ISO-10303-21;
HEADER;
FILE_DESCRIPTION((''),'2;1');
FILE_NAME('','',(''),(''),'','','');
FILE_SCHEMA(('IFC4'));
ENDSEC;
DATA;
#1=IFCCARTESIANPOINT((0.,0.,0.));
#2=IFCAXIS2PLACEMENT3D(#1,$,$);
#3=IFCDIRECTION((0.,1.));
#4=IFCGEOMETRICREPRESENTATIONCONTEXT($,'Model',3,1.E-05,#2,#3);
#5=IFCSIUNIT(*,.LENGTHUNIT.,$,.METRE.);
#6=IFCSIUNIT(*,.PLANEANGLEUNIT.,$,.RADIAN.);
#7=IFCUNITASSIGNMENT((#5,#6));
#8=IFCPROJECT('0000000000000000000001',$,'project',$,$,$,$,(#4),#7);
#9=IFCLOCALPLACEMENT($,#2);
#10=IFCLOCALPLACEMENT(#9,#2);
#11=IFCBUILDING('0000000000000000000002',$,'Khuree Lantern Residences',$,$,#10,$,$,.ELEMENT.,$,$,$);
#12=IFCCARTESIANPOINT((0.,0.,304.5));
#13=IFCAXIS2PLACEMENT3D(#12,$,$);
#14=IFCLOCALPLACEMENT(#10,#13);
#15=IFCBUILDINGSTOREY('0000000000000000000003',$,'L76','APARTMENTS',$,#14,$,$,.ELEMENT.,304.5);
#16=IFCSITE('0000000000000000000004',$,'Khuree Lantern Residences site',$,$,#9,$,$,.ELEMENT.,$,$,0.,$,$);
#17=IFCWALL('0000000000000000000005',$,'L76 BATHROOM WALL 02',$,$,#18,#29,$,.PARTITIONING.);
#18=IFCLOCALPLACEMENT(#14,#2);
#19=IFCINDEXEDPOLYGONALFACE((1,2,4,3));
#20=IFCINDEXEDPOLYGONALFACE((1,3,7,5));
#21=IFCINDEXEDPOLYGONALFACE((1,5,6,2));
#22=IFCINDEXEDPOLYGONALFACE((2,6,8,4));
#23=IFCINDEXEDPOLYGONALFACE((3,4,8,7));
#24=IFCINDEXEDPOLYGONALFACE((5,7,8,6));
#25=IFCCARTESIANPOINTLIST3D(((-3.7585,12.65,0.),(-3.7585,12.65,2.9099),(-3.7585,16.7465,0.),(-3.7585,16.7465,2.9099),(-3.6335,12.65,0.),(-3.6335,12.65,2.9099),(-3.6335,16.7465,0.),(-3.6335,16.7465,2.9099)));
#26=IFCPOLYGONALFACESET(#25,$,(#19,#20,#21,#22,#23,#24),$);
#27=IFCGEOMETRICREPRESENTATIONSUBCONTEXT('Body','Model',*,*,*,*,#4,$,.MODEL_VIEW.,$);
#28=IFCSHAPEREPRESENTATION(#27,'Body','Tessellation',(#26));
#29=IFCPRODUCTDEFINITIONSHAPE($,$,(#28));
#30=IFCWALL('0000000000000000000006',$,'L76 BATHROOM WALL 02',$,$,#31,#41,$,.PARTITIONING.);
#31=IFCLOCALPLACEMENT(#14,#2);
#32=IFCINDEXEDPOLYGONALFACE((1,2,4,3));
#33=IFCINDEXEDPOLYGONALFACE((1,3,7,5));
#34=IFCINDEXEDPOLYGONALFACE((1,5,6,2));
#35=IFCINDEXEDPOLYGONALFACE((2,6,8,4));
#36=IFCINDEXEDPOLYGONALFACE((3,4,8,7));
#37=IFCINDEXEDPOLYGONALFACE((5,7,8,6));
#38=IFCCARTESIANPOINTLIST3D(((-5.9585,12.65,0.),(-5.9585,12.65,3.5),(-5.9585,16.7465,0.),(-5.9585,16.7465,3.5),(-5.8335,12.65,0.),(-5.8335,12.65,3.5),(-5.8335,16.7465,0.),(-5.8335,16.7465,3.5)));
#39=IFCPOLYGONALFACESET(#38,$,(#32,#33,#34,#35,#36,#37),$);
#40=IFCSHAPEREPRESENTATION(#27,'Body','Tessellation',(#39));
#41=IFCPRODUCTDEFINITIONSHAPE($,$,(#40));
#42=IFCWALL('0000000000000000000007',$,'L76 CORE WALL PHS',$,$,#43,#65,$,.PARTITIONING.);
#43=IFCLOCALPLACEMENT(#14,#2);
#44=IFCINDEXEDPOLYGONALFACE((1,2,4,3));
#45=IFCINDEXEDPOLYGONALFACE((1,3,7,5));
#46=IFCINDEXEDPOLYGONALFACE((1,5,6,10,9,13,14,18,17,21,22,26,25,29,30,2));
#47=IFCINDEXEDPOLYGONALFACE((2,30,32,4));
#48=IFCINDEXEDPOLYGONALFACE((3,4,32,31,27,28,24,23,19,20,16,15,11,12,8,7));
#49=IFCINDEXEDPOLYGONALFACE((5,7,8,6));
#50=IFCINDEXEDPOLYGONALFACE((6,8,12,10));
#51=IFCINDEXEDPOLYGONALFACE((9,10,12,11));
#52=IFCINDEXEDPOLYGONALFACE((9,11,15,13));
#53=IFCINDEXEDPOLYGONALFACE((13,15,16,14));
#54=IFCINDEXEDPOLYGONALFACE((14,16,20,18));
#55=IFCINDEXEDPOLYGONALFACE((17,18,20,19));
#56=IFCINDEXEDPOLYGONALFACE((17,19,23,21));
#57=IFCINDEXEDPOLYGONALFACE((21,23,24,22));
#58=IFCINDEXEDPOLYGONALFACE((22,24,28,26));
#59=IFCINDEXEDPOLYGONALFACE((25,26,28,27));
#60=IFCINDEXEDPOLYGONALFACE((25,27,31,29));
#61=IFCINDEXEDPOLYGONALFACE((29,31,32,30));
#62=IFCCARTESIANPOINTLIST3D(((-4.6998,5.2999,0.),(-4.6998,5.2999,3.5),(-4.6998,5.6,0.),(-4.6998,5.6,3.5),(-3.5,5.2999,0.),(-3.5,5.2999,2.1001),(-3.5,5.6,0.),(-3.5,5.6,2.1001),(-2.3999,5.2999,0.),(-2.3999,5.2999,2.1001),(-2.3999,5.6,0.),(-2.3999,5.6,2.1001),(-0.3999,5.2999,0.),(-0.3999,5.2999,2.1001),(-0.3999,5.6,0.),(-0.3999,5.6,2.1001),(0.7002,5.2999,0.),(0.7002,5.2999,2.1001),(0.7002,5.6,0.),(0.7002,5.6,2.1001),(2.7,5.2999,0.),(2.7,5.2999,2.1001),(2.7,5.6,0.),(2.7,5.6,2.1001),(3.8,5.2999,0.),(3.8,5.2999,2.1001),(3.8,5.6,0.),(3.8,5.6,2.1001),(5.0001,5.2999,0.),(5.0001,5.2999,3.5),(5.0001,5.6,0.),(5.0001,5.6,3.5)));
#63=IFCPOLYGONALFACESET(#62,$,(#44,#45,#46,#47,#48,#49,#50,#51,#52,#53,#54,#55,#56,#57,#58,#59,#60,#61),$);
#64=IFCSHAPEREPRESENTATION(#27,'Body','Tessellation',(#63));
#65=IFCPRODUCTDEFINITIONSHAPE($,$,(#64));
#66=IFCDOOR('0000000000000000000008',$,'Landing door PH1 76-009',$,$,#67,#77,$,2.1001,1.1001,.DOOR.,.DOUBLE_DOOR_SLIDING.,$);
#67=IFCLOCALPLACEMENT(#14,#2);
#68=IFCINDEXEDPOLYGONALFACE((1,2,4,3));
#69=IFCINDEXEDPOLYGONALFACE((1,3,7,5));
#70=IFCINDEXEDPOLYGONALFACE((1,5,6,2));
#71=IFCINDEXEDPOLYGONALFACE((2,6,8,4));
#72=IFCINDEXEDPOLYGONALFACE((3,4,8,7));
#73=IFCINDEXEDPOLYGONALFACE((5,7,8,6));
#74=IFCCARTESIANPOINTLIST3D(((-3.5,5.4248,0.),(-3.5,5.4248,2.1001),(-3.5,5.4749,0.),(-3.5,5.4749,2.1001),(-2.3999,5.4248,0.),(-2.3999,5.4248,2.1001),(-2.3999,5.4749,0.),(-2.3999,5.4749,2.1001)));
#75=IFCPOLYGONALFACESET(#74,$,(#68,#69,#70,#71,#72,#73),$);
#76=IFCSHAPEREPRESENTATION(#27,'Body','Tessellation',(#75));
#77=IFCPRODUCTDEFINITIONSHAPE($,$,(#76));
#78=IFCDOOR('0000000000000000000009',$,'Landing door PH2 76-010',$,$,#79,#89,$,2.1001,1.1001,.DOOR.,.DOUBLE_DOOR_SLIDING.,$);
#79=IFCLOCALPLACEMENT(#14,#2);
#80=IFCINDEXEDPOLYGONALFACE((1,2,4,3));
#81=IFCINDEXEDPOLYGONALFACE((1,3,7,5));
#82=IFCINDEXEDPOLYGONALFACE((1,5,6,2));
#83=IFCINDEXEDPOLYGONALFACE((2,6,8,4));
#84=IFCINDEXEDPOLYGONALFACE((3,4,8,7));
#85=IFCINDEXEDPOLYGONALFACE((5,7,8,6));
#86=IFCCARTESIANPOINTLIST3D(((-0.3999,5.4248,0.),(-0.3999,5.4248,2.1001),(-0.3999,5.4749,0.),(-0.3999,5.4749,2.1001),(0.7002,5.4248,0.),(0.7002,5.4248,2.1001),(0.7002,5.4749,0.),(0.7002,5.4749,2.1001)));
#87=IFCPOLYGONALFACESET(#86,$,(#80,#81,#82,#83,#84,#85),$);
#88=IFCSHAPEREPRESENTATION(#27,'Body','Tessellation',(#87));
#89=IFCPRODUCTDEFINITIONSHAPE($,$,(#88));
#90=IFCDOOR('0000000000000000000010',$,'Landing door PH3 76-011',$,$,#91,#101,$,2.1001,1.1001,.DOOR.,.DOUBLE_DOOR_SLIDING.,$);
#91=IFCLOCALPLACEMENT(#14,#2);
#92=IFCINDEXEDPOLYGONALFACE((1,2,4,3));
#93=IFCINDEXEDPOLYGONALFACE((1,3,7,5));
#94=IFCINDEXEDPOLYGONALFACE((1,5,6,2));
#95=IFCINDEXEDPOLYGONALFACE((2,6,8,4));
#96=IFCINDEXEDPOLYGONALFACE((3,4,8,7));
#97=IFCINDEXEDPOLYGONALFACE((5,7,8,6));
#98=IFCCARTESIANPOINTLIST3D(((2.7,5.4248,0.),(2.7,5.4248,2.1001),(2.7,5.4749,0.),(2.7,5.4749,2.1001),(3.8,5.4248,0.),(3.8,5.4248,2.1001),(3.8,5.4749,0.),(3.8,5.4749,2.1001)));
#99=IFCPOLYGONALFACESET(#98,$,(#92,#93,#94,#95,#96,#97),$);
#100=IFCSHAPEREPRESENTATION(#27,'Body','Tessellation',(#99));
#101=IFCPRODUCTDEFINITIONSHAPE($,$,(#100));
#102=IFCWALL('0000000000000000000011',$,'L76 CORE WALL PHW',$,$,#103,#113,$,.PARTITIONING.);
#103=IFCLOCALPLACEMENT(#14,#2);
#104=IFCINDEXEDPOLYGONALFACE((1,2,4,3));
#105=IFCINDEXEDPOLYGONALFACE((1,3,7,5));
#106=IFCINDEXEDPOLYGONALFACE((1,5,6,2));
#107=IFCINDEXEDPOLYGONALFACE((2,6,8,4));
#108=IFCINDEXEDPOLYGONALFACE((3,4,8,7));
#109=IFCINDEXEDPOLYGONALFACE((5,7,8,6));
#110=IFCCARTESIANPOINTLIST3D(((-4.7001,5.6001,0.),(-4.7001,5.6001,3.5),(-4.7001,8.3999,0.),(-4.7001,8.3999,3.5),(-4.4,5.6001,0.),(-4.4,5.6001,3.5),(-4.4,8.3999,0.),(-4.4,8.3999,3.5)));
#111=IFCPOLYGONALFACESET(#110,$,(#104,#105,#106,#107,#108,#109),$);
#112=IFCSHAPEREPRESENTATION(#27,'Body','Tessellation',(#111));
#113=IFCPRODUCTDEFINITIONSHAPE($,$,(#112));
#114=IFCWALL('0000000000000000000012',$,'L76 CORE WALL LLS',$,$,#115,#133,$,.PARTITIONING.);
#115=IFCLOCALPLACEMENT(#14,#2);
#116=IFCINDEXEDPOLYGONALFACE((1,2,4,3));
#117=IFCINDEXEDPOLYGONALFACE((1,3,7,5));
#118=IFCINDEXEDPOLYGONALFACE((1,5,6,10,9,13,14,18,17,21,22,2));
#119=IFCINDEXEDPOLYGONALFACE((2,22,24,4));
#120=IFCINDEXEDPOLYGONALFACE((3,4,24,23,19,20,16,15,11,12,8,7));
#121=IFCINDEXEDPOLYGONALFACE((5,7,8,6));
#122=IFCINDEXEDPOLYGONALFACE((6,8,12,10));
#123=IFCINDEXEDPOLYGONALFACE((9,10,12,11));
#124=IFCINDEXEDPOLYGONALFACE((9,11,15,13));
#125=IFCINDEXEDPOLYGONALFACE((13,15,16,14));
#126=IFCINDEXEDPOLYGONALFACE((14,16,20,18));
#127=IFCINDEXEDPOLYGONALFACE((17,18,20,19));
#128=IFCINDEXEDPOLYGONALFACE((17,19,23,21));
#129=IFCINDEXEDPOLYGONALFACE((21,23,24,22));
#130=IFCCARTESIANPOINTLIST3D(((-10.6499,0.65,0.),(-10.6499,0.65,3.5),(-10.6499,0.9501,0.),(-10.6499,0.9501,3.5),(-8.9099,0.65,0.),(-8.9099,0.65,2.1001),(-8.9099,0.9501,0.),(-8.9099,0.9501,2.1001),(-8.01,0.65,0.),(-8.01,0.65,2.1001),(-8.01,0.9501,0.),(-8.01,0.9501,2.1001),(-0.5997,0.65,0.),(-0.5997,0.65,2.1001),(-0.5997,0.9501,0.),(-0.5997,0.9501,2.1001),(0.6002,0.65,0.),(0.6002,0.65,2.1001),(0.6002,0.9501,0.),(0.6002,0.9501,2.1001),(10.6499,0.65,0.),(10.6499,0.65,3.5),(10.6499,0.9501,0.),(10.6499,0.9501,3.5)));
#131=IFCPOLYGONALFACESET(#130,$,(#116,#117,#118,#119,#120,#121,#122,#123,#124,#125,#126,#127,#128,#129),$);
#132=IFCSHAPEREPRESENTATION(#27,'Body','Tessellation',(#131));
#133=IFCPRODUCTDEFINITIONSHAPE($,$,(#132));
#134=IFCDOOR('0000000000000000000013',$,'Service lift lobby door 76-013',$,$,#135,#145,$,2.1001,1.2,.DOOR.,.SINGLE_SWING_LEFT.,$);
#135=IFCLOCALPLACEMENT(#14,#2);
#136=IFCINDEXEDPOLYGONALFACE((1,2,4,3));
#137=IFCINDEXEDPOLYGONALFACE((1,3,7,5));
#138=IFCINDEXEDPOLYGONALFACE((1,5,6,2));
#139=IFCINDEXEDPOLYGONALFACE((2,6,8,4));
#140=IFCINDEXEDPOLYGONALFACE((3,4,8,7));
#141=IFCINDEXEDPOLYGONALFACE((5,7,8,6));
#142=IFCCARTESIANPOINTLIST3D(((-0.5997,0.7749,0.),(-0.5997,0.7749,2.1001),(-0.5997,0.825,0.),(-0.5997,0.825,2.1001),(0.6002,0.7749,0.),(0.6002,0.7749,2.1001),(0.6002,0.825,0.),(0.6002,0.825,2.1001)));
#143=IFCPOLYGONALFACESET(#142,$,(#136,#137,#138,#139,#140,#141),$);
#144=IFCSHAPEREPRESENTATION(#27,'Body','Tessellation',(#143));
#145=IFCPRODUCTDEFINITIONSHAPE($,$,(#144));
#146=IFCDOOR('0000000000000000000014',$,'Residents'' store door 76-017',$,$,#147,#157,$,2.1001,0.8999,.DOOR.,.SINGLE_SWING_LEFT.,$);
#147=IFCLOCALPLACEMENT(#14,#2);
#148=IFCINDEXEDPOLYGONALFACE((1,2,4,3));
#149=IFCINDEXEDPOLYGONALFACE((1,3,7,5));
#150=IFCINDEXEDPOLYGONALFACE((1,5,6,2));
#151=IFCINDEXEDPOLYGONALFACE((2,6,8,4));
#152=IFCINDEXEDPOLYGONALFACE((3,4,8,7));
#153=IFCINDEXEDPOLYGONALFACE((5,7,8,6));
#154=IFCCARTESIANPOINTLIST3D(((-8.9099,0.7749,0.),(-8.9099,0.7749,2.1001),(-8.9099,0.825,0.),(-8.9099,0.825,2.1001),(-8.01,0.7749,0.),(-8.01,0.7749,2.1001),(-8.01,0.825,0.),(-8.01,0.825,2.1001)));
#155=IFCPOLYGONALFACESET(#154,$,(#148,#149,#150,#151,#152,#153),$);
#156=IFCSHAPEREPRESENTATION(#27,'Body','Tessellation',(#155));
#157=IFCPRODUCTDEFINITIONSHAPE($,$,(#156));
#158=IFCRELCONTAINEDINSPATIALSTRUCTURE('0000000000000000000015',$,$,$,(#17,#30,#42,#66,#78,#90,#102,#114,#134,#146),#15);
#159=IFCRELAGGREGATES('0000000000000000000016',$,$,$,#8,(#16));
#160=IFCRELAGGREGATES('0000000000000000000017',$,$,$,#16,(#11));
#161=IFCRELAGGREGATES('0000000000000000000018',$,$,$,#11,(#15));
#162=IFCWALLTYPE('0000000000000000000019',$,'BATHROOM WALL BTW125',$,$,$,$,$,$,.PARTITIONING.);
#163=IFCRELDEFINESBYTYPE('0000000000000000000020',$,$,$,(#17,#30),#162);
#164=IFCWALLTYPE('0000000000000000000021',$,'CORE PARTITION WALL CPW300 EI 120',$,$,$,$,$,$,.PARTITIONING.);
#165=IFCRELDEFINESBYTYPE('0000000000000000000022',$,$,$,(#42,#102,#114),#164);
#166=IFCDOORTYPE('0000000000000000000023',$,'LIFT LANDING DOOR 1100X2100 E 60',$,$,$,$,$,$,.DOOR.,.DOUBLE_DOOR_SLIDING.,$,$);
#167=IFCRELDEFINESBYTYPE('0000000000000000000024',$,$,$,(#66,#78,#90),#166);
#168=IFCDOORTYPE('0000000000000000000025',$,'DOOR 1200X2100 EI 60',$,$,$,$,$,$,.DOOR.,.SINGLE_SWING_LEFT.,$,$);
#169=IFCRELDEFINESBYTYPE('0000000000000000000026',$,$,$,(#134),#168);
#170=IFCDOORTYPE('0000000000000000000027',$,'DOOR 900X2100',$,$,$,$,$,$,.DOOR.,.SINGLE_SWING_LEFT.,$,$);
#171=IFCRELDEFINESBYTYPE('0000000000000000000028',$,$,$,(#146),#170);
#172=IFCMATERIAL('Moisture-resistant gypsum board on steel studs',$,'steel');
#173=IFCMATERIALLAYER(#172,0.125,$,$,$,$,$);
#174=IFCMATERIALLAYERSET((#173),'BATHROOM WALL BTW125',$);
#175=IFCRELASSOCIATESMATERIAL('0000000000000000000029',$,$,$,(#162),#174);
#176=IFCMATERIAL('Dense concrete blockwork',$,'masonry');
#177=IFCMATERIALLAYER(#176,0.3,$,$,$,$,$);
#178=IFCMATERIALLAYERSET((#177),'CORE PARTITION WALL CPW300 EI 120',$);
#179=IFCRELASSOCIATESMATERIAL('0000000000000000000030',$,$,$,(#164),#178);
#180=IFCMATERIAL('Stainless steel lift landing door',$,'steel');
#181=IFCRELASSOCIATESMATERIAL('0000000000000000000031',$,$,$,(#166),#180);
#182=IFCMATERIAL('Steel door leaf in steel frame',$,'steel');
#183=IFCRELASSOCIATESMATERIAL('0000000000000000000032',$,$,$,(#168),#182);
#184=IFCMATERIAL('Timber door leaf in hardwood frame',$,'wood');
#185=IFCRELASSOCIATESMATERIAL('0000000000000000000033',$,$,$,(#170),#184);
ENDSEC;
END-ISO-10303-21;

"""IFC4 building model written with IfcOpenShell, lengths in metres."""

from ifc_helpers import new_model, si_unit, direction, frame, frame_2d, origin, place, context, subcontext, project, spatial, rectangle, extrude, material, layer, layer_set, type_object, element, fill, save


model = new_model("IFC4")

# Units and contexts
model_context = context("Model", 3, precision=1e-05, world=origin(), true_north=direction((0.0, 1.0)))
body_context = subcontext(model_context, "Body", "Model", "MODEL_VIEW")
ifc_project = project(units=[si_unit("LENGTHUNIT", "METRE"), si_unit("PLANEANGLEUNIT", "RADIAN")], contexts=[model_context])

# Site, building, storey
site_placement = place(None, origin())
site = spatial("IfcSite", under=ifc_project, at=site_placement, Name="Khuree Lantern Residences site", CompositionType="ELEMENT", RefElevation=0.0)
building_placement = place(site_placement, origin())
building = spatial("IfcBuilding", under=site, at=building_placement, Name="Khuree Lantern Residences", CompositionType="ELEMENT")
storey_placement = place(building_placement, frame((0.0, 0.0, 304.5)))
storey = spatial("IfcBuildingStorey", under=building, at=storey_placement, Name="L76", Description="APARTMENTS", CompositionType="ELEMENT", Elevation=304.5)

# Walls
ifc_material_1 = material(Name="Moisture-resistant gypsum board on steel studs", Category="steel")
ifc_layer_1 = layer(ifc_material_1, 0.125)
ifc_layer_set_1 = layer_set([ifc_layer_1], Name="BATHROOM WALL BTW125")
wall_type_1 = type_object("IfcWallType", Name="BATHROOM WALL BTW125", PredefinedType="PARTITIONING", material=ifc_layer_set_1)
wall_1_placement = place(storey_placement, frame((-3.696, 12.6499, 0.0), z_axis=(0.0, 0.0, 1.0), x_axis=(0.0, 1.0, 0.0)))
element("IfcWall", 1, at=wall_1_placement, inside=storey, type_object=wall_type_1, Name="L76 BATHROOM WALL 02", PredefinedType="PARTITIONING", context=body_context, shape_type="SweptSolid", body=[
    extrude(rectangle(XDim=4.0964, YDim=0.125, at=frame_2d((2.0483, 0.0))), origin(), (0.0, 0.0, 1.0), 2.9099),
])
wall_2_placement = place(storey_placement, frame((-5.896, 12.6499, 0.0), z_axis=(0.0, 0.0, 1.0), x_axis=(0.0, 1.0, 0.0)))
element("IfcWall", 2, at=wall_2_placement, inside=storey, type_object=wall_type_1, Name="L76 BATHROOM WALL 02", PredefinedType="PARTITIONING", context=body_context, shape_type="SweptSolid", body=[
    extrude(rectangle(XDim=4.0964, YDim=0.125, at=frame_2d((2.0483, 0.0))), origin(), (0.0, 0.0, 1.0), 3.5),
])

# Wall, openings, doors
ifc_material_2 = material(Name="Dense concrete blockwork", Category="masonry")
ifc_layer_2 = layer(ifc_material_2, 0.3)
ifc_layer_set_2 = layer_set([ifc_layer_2], Name="CORE PARTITION WALL CPW300 EI 120")
wall_type_2 = type_object("IfcWallType", Name="CORE PARTITION WALL CPW300 EI 120", PredefinedType="PARTITIONING", material=ifc_layer_set_2)
wall_3_placement = place(storey_placement, frame((-4.7, 5.45, 0.0), z_axis=(0.0, 0.0, 1.0), x_axis=(1.0, 0.0, 0.0)))
wall_3 = element("IfcWall", 3, at=wall_3_placement, inside=storey, type_object=wall_type_2, Name="L76 CORE WALL PHS", PredefinedType="PARTITIONING", context=body_context, shape_type="SweptSolid", body=[
    extrude(rectangle(XDim=9.7, YDim=0.3, at=frame_2d((4.8501, 0.0))), origin(), (0.0, 0.0, 1.0), 3.5),
])
opening_1_placement = place(wall_3_placement, frame((1.2, 0.0, 0.0)))
opening_1 = element("IfcOpeningElement", 4, at=opening_1_placement, cuts=wall_3, PredefinedType="OPENING", context=body_context, shape_type="SweptSolid", body=[
    extrude(rectangle(XDim=1.1001, YDim=2.1001, at=frame_2d((0.55, 1.05))), frame((0.0, 0.1602, 0.0), z_axis=(0.0, -1.0, 0.0), x_axis=(1.0, 0.0, 0.0)), (0.0, 0.0, 1.0), 0.3201),
])
opening_2_placement = place(wall_3_placement, frame((4.3, 0.0, 0.0)))
opening_2 = element("IfcOpeningElement", 5, at=opening_2_placement, cuts=wall_3, PredefinedType="OPENING", context=body_context, shape_type="SweptSolid", body=[
    extrude(rectangle(XDim=1.1001, YDim=2.1001, at=frame_2d((0.55, 1.05))), frame((0.0, 0.1602, 0.0), z_axis=(0.0, -1.0, 0.0), x_axis=(1.0, 0.0, 0.0)), (0.0, 0.0, 1.0), 0.3201),
])
opening_3_placement = place(wall_3_placement, frame((7.3999, 0.0, 0.0)))
opening_3 = element("IfcOpeningElement", 6, at=opening_3_placement, cuts=wall_3, PredefinedType="OPENING", context=body_context, shape_type="SweptSolid", body=[
    extrude(rectangle(XDim=1.1001, YDim=2.1001, at=frame_2d((0.55, 1.05))), frame((0.0, 0.1602, 0.0), z_axis=(0.0, -1.0, 0.0), x_axis=(1.0, 0.0, 0.0)), (0.0, 0.0, 1.0), 0.3201),
])
ifc_material_3 = material(Name="Stainless steel lift landing door", Category="steel")
door_type_1 = type_object("IfcDoorType", Name="LIFT LANDING DOOR 1100X2100 E 60", OperationType="DOUBLE_DOOR_SLIDING", PredefinedType="DOOR", material=ifc_material_3)
door_1_placement = place(opening_1_placement, origin())
door_1 = element("IfcDoor", 7, at=door_1_placement, inside=storey, type_object=door_type_1, Name="Landing door PH1 76-009", OperationType="DOUBLE_DOOR_SLIDING", OverallHeight=2.1001, OverallWidth=1.1001, PredefinedType="DOOR", context=body_context, shape_type="SweptSolid", body=[
    extrude(rectangle(XDim=1.1001, YDim=2.1001, at=frame_2d((0.55, 1.05))), frame((0.0, 0.0249, 0.0), z_axis=(0.0, -1.0, 0.0), x_axis=(1.0, 0.0, 0.0)), (0.0, 0.0, 1.0), 0.05),
])
fill(opening_1, door_1)
door_2_placement = place(opening_2_placement, origin())
door_2 = element("IfcDoor", 8, at=door_2_placement, inside=storey, type_object=door_type_1, Name="Landing door PH2 76-010", OperationType="DOUBLE_DOOR_SLIDING", OverallHeight=2.1001, OverallWidth=1.1001, PredefinedType="DOOR", context=body_context, shape_type="SweptSolid", body=[
    extrude(rectangle(XDim=1.1001, YDim=2.1001, at=frame_2d((0.55, 1.05))), frame((0.0, 0.0249, 0.0), z_axis=(0.0, -1.0, 0.0), x_axis=(1.0, 0.0, 0.0)), (0.0, 0.0, 1.0), 0.05),
])
fill(opening_2, door_2)
door_3_placement = place(opening_3_placement, origin())
door_3 = element("IfcDoor", 9, at=door_3_placement, inside=storey, type_object=door_type_1, Name="Landing door PH3 76-011", OperationType="DOUBLE_DOOR_SLIDING", OverallHeight=2.1001, OverallWidth=1.1001, PredefinedType="DOOR", context=body_context, shape_type="SweptSolid", body=[
    extrude(rectangle(XDim=1.1001, YDim=2.1001, at=frame_2d((0.55, 1.05))), frame((0.0, 0.0249, 0.0), z_axis=(0.0, -1.0, 0.0), x_axis=(1.0, 0.0, 0.0)), (0.0, 0.0, 1.0), 0.05),
])
fill(opening_3, door_3)

# Wall
wall_4_placement = place(storey_placement, frame((-4.55, 5.6001, 0.0), z_axis=(0.0, 0.0, 1.0), x_axis=(0.0, 1.0, 0.0)))
element("IfcWall", 10, at=wall_4_placement, inside=storey, type_object=wall_type_2, Name="L76 CORE WALL PHW", PredefinedType="PARTITIONING", context=body_context, shape_type="SweptSolid", body=[
    extrude(rectangle(XDim=2.7998, YDim=0.3, at=frame_2d((1.3999, 0.0))), origin(), (0.0, 0.0, 1.0), 3.5),
])

# Wall, openings, doors
wall_5_placement = place(storey_placement, frame((-10.6499, 0.8, 0.0), z_axis=(0.0, 0.0, 1.0), x_axis=(1.0, 0.0, 0.0)))
wall_5 = element("IfcWall", 11, at=wall_5_placement, inside=storey, type_object=wall_type_2, Name="L76 CORE WALL LLS", PredefinedType="PARTITIONING", context=body_context, shape_type="SweptSolid", body=[
    extrude(rectangle(XDim=21.2998, YDim=0.3, at=frame_2d((10.6499, 0.0))), origin(), (0.0, 0.0, 1.0), 3.5),
])
opening_4_placement = place(wall_5_placement, frame((10.05, 0.0, 0.0)))
opening_4 = element("IfcOpeningElement", 12, at=opening_4_placement, cuts=wall_5, PredefinedType="OPENING", context=body_context, shape_type="SweptSolid", body=[
    extrude(rectangle(XDim=1.2, YDim=2.1001, at=frame_2d((0.6001, 1.05))), frame((0.0, 0.1602, 0.0), z_axis=(0.0, -1.0, 0.0), x_axis=(1.0, 0.0, 0.0)), (0.0, 0.0, 1.0), 0.3201),
])
opening_5_placement = place(wall_5_placement, frame((1.74, 0.0, 0.0)))
opening_5 = element("IfcOpeningElement", 13, at=opening_5_placement, cuts=wall_5, PredefinedType="OPENING", context=body_context, shape_type="SweptSolid", body=[
    extrude(rectangle(XDim=0.8999, YDim=2.1001, at=frame_2d((0.45, 1.05))), frame((0.0, 0.1602, 0.0), z_axis=(0.0, -1.0, 0.0), x_axis=(1.0, 0.0, 0.0)), (0.0, 0.0, 1.0), 0.3201),
])
ifc_material_4 = material(Name="Steel door leaf in steel frame", Category="steel")
door_type_2 = type_object("IfcDoorType", Name="DOOR 1200X2100 EI 60", OperationType="SINGLE_SWING_LEFT", PredefinedType="DOOR", material=ifc_material_4)
door_4_placement = place(opening_4_placement, origin())
door_4 = element("IfcDoor", 14, at=door_4_placement, inside=storey, type_object=door_type_2, Name="Service lift lobby door 76-013", OperationType="SINGLE_SWING_LEFT", OverallHeight=2.1001, OverallWidth=1.2, PredefinedType="DOOR", context=body_context, shape_type="SweptSolid", body=[
    extrude(rectangle(XDim=1.2, YDim=2.1001, at=frame_2d((0.6001, 1.05))), frame((0.0, 0.0249, 0.0), z_axis=(0.0, -1.0, 0.0), x_axis=(1.0, 0.0, 0.0)), (0.0, 0.0, 1.0), 0.05),
])
fill(opening_4, door_4)
ifc_material_5 = material(Name="Timber door leaf in hardwood frame", Category="wood")
door_type_3 = type_object("IfcDoorType", Name="DOOR 900X2100", OperationType="SINGLE_SWING_LEFT", PredefinedType="DOOR", material=ifc_material_5)
door_5_placement = place(opening_5_placement, origin())
door_5 = element("IfcDoor", 15, at=door_5_placement, inside=storey, type_object=door_type_3, Name="Residents' store door 76-017", OperationType="SINGLE_SWING_LEFT", OverallHeight=2.1001, OverallWidth=0.8999, PredefinedType="DOOR", context=body_context, shape_type="SweptSolid", body=[
    extrude(rectangle(XDim=0.8999, YDim=2.1001, at=frame_2d((0.45, 1.05))), frame((0.0, 0.0249, 0.0), z_axis=(0.0, -1.0, 0.0), x_axis=(1.0, 0.0, 0.0)), (0.0, 0.0, 1.0), 0.05),
])
fill(opening_5, door_5)

save(model, "model.ifc")
